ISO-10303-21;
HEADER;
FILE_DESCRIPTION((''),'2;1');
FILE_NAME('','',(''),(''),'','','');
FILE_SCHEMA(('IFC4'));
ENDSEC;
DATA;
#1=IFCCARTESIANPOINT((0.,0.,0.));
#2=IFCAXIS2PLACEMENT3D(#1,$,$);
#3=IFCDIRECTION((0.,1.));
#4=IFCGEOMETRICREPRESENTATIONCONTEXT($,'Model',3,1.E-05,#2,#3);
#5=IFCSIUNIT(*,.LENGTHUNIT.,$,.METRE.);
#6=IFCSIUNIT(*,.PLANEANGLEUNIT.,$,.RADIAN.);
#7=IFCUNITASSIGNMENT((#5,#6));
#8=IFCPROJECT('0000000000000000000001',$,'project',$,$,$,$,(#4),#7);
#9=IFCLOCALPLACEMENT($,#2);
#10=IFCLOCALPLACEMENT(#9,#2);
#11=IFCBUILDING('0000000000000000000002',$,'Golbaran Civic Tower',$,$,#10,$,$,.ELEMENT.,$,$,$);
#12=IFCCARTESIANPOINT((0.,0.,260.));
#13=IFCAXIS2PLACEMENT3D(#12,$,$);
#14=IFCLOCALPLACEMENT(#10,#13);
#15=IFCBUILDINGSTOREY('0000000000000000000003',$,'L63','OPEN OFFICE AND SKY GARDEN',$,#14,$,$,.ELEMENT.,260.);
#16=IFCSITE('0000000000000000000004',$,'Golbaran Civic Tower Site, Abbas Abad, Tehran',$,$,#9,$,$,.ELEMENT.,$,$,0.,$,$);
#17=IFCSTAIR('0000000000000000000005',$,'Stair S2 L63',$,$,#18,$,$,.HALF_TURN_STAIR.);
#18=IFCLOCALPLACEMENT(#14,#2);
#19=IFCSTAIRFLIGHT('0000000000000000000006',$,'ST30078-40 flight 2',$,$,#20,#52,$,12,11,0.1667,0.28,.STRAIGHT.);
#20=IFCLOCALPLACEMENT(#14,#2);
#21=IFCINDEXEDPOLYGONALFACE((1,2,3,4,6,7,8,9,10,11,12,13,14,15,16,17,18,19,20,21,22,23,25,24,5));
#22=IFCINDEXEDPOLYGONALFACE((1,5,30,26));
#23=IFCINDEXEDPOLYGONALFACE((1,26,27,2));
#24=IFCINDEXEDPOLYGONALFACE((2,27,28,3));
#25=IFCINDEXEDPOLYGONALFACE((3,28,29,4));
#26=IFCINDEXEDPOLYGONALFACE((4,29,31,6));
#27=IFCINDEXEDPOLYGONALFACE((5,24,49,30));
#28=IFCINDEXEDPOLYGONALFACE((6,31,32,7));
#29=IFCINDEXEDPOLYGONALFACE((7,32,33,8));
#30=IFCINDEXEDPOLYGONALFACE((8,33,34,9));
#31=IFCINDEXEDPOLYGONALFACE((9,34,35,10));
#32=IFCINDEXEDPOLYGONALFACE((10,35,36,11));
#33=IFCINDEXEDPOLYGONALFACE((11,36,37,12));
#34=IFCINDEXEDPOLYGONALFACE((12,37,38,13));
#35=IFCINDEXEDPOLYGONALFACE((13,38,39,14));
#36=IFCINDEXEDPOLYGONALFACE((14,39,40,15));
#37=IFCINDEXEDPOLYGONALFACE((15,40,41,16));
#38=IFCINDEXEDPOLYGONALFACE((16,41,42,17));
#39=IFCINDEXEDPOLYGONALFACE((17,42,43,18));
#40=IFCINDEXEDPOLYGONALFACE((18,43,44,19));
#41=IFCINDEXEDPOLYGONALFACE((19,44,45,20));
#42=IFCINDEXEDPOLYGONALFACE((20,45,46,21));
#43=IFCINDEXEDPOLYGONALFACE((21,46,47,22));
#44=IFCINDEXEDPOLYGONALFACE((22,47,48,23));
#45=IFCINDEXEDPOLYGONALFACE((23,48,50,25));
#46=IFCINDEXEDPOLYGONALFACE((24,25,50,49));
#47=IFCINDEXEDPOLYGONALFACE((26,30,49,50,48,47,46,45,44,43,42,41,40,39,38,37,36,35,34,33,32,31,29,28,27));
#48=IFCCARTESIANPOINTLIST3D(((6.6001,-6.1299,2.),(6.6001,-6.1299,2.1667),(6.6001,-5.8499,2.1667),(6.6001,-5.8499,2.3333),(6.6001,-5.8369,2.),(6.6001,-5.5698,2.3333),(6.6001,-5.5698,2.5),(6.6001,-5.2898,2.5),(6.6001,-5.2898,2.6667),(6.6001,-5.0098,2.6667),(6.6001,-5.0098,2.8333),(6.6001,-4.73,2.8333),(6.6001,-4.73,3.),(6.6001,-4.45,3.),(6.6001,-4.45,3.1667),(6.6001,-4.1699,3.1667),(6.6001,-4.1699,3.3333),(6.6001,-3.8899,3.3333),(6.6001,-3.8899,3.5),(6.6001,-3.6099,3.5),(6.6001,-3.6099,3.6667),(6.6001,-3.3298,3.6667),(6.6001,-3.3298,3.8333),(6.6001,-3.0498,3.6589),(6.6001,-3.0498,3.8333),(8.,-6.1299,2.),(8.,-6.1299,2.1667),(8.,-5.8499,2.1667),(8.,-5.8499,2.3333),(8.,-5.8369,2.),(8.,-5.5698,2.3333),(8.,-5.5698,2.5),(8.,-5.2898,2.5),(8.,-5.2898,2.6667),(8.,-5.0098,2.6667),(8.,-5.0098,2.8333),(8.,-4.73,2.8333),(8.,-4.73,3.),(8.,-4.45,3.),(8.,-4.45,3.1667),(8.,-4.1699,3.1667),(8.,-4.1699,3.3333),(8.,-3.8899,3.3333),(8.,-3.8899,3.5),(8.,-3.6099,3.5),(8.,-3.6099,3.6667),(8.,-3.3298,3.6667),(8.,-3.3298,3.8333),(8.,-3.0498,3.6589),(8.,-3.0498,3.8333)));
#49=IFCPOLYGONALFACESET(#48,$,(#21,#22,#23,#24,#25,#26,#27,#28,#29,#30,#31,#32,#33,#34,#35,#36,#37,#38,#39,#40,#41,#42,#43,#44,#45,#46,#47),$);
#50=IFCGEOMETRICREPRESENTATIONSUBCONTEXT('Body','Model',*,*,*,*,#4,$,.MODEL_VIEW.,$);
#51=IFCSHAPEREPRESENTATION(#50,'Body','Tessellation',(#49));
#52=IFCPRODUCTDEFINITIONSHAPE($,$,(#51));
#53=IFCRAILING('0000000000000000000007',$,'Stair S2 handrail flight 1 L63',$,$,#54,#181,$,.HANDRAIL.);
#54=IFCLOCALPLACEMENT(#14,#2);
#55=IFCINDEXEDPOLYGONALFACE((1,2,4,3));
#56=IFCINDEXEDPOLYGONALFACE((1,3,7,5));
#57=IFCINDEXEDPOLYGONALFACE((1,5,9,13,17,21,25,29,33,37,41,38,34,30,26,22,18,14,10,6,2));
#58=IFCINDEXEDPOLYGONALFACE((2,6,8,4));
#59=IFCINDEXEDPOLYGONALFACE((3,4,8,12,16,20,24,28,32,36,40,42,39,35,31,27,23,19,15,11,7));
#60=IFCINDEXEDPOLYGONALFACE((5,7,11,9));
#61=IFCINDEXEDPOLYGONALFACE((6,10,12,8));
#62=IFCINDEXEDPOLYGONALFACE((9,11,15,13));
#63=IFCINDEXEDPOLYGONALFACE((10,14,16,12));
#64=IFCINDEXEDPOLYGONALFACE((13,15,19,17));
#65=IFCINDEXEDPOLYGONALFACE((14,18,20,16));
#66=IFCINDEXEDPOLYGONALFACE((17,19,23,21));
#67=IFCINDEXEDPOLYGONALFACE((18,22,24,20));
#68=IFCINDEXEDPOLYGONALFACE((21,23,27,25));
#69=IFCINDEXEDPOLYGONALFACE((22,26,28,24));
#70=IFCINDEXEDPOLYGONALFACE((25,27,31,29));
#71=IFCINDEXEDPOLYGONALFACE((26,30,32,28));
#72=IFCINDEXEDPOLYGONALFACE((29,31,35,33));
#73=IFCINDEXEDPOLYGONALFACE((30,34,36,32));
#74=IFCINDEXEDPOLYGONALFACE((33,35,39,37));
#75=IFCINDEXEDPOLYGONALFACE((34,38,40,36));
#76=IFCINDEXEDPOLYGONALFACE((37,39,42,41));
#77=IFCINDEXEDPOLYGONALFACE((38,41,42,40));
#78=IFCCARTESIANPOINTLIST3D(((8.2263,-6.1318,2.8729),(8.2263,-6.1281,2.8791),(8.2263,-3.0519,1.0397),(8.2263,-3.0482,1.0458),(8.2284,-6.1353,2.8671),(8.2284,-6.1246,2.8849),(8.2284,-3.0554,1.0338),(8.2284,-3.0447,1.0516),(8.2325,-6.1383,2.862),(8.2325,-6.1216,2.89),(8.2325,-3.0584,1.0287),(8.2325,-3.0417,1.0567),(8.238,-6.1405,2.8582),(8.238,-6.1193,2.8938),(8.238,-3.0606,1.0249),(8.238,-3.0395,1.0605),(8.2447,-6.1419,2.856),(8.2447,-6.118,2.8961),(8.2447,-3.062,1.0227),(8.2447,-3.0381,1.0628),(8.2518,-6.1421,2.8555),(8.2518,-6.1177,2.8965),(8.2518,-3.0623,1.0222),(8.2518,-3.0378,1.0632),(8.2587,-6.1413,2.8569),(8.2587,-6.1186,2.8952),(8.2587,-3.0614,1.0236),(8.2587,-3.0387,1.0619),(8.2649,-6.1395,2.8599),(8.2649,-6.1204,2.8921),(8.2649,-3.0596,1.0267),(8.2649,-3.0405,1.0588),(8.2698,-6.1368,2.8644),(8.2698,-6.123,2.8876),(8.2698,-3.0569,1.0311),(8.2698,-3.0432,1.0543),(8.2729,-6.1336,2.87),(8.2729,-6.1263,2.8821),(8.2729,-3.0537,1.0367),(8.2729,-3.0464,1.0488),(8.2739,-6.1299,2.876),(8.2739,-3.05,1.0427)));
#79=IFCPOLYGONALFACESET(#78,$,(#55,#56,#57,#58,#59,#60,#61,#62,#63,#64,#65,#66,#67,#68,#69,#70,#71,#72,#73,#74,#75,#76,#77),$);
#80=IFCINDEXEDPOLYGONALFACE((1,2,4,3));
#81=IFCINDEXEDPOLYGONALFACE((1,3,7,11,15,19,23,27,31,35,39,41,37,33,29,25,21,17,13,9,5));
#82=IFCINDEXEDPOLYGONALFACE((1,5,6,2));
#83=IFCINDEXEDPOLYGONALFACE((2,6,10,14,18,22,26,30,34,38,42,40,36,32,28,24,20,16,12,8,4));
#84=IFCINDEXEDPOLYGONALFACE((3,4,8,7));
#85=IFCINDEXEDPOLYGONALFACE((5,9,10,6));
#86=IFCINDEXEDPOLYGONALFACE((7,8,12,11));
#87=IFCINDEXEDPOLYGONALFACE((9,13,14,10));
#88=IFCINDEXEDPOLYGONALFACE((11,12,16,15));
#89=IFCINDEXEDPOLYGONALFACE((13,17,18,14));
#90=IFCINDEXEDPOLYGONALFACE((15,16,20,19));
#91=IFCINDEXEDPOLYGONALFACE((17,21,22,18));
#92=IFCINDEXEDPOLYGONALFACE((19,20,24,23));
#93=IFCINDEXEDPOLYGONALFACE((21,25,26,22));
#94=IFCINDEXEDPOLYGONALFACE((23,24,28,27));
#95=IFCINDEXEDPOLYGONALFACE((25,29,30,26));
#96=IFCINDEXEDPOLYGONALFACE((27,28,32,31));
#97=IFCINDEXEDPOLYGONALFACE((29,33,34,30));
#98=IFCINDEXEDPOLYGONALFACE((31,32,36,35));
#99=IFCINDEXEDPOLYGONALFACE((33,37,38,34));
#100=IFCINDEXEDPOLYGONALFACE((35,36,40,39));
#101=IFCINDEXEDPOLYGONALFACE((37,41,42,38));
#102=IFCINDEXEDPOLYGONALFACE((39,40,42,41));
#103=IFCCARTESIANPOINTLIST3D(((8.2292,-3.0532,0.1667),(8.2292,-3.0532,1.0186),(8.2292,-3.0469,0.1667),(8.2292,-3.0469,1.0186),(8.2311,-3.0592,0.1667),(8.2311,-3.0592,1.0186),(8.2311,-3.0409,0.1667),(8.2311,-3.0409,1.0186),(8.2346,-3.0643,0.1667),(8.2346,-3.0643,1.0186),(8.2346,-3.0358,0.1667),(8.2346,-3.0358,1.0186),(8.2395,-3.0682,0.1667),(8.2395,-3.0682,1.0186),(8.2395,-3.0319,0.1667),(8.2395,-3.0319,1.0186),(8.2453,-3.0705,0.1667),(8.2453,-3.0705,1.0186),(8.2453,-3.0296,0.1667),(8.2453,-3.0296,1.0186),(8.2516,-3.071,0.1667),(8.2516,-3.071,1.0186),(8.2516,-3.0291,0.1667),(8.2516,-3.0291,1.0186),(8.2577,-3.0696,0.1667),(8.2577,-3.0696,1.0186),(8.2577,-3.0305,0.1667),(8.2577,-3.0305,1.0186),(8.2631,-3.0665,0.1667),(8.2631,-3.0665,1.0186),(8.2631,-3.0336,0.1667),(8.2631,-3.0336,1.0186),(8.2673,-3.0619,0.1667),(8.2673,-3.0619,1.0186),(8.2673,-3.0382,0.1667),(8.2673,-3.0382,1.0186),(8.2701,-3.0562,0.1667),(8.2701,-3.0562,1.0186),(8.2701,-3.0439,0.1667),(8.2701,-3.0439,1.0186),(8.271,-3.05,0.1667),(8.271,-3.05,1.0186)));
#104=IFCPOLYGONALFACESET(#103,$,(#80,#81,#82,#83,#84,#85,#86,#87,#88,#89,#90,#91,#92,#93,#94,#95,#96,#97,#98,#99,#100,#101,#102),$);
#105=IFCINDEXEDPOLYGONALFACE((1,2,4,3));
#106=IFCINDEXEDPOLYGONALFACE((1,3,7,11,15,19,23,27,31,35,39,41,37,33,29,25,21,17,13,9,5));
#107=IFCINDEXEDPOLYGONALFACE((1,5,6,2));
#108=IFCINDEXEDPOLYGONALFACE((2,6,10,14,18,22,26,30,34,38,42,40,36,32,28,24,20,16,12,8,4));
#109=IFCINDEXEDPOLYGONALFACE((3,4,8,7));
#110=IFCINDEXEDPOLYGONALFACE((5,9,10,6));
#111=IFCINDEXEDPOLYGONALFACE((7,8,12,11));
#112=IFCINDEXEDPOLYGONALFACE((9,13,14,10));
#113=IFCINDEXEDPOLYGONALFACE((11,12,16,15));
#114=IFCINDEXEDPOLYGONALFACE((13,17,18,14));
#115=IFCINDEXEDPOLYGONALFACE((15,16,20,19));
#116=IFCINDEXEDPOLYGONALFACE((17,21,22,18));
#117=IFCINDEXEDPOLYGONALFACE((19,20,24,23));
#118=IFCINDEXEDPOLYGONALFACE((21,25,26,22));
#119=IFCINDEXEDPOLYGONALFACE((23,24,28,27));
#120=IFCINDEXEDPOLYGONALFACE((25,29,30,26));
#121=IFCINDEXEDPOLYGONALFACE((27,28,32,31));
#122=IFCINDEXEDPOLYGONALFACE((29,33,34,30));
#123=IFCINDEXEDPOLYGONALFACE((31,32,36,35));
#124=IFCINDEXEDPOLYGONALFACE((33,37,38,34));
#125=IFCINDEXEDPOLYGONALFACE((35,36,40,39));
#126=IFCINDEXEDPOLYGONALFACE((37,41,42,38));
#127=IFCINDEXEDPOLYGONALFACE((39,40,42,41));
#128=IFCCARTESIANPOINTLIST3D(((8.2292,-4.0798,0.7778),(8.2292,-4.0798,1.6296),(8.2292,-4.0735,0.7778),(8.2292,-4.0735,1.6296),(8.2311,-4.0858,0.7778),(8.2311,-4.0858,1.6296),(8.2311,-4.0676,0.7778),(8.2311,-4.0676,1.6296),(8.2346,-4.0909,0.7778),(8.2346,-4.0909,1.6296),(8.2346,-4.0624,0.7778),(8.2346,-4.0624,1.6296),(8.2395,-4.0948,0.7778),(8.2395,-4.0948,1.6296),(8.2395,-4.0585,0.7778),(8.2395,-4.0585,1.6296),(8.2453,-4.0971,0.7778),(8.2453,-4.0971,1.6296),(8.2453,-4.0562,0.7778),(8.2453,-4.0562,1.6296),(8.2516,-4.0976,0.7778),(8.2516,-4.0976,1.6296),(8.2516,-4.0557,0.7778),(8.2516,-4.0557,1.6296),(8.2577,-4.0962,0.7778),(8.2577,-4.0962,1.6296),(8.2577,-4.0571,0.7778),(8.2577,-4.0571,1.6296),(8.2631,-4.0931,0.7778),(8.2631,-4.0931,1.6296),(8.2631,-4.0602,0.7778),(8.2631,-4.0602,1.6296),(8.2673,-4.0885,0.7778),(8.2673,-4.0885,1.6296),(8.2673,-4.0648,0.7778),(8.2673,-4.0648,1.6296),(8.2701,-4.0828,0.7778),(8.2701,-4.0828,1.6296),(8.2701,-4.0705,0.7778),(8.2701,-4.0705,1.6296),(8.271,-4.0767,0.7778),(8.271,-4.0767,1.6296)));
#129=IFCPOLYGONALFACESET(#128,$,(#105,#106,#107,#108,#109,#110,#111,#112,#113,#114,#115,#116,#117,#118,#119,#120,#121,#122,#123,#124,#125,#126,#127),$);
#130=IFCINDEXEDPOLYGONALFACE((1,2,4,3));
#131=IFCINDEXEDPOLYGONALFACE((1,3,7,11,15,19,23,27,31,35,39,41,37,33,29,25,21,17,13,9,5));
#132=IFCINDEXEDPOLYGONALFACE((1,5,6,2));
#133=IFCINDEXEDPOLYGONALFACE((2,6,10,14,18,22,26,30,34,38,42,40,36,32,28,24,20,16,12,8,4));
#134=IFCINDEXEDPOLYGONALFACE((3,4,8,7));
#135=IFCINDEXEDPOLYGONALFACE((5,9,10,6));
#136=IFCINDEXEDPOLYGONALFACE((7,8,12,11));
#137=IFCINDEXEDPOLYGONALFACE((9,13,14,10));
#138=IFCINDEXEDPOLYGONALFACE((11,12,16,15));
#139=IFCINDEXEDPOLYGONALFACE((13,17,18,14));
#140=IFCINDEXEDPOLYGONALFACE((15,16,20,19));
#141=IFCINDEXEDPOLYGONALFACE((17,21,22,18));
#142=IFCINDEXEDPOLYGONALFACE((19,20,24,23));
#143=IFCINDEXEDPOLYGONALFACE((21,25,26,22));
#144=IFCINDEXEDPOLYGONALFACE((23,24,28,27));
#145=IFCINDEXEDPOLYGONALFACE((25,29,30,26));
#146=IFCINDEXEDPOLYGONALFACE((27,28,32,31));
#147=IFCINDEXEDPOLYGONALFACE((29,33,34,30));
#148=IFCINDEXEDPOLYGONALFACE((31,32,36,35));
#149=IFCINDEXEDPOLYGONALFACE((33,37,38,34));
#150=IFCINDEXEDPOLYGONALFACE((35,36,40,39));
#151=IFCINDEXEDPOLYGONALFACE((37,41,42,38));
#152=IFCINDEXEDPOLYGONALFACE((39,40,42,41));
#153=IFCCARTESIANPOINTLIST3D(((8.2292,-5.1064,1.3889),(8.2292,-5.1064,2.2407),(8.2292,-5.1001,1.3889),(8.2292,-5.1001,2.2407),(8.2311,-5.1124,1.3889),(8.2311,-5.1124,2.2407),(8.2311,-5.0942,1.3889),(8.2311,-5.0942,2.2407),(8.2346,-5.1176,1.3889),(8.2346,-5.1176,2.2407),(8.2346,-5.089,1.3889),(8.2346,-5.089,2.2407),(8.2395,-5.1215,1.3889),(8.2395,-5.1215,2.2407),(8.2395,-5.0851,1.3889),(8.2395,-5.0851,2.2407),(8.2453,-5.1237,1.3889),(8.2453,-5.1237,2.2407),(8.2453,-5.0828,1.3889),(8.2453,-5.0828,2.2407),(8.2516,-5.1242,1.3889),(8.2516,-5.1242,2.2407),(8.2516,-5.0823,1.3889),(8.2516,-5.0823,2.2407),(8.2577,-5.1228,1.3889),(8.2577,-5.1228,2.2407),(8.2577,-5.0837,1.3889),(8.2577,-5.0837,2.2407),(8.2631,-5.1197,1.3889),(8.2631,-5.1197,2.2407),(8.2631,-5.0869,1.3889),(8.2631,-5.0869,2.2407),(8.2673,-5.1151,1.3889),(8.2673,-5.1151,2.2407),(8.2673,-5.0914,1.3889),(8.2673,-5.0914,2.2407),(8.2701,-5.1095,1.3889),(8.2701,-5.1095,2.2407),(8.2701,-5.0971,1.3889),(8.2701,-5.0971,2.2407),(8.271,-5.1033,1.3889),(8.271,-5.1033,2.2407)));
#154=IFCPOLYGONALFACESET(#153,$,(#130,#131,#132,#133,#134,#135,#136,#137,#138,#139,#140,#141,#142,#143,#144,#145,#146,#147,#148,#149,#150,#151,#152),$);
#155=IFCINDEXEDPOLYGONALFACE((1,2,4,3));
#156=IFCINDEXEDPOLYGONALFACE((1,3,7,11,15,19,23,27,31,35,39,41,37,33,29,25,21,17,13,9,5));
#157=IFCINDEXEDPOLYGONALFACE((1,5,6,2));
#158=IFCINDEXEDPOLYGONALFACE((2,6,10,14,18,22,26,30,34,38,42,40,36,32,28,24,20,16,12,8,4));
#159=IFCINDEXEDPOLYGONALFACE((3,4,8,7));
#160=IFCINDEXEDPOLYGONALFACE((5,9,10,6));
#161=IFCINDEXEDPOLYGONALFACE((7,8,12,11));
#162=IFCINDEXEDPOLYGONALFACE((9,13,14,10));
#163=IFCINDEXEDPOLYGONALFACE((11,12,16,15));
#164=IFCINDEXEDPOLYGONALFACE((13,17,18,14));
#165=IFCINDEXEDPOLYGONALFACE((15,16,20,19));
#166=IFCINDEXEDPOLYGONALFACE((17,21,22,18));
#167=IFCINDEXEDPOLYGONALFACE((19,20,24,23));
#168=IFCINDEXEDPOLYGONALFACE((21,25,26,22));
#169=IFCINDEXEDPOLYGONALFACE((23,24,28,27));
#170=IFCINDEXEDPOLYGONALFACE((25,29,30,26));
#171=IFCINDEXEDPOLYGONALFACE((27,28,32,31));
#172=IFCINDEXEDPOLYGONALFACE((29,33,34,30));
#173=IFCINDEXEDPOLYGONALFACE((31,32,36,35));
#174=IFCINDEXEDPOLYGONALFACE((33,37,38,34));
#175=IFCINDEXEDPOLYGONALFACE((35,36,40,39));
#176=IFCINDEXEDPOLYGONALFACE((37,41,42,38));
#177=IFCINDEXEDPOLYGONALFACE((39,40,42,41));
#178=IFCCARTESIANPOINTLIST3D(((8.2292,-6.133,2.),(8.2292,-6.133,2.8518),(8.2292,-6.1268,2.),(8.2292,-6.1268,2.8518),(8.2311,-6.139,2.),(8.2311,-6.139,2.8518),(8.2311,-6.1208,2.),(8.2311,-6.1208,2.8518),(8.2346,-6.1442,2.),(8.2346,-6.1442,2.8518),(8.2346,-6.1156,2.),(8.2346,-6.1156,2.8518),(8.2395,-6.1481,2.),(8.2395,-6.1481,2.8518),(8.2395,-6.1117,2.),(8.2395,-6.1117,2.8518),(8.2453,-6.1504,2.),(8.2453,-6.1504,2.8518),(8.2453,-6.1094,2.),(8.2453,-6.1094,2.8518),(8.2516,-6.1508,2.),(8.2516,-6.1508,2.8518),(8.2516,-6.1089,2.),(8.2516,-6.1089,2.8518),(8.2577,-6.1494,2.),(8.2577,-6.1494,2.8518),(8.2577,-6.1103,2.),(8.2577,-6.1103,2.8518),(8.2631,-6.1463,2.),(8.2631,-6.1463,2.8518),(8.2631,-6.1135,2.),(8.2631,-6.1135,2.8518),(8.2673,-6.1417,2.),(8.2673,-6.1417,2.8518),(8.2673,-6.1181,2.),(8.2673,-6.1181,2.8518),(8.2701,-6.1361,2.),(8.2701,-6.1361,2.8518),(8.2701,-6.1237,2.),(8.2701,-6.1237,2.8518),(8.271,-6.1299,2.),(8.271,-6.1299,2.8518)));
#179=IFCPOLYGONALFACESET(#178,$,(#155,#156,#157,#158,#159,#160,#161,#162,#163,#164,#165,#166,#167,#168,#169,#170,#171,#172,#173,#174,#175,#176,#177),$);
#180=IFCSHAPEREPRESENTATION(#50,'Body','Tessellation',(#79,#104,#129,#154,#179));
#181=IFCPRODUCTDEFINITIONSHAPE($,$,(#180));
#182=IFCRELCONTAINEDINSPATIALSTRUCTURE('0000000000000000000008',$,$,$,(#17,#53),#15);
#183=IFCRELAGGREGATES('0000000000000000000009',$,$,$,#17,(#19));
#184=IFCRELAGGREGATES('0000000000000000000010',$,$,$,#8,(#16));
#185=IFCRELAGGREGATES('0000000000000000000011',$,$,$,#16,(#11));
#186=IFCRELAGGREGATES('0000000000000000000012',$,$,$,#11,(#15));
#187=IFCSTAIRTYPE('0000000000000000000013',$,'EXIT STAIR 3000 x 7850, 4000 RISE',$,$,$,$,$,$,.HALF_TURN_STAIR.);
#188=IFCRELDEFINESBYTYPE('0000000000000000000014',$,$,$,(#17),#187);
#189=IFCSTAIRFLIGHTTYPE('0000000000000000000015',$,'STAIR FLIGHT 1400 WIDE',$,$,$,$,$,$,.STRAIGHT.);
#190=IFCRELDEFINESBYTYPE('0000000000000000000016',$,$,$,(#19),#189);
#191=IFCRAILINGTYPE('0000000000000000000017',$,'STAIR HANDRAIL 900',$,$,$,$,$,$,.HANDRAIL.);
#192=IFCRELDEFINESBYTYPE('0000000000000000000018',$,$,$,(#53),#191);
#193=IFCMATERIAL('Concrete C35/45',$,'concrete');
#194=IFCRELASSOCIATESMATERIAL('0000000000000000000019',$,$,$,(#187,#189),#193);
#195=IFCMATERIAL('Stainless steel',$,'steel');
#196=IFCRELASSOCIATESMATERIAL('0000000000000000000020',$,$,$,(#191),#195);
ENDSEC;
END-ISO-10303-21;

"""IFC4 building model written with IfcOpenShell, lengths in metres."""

from ifc_helpers import new_model, si_unit, direction, frame, origin, origin_2d, place, context, subcontext, project, spatial, polyline, circle, outline, extrude, material, type_object, element, aggregate, save


model = new_model("IFC4")

# Units and contexts
model_context = context("Model", 3, precision=1e-05, world=origin(), true_north=direction((0.0, 1.0)))
body_context = subcontext(model_context, "Body", "Model", "MODEL_VIEW")
ifc_project = project(units=[si_unit("LENGTHUNIT", "METRE"), si_unit("PLANEANGLEUNIT", "RADIAN")], contexts=[model_context])

# Site, building, storey
site_placement = place(None, origin())
site = spatial("IfcSite", under=ifc_project, at=site_placement, Name="Golbaran Civic Tower Site, Abbas Abad, Tehran", CompositionType="ELEMENT", RefElevation=0.0)
building_placement = place(site_placement, origin())
building = spatial("IfcBuilding", under=site, at=building_placement, Name="Golbaran Civic Tower", CompositionType="ELEMENT")
storey_placement = place(building_placement, frame((0.0, 0.0, 260.0)))
storey = spatial("IfcBuildingStorey", under=building, at=storey_placement, Name="L63", Description="OPEN OFFICE AND SKY GARDEN", CompositionType="ELEMENT", Elevation=260.0)

# Shared definitions
ifc_material_1 = material(Name="Concrete C35/45", Category="concrete")

# Shared definitions
ifc_material_2 = material(Name="Stainless steel", Category="steel")

# Stair, stair flight
stair_type_1 = type_object("IfcStairType", Name="EXIT STAIR 3000 x 7850, 4000 RISE", PredefinedType="HALF_TURN_STAIR", material=ifc_material_1)
stair_1_placement = place(storey_placement, origin())
stair_1 = element("IfcStair", 1, at=stair_1_placement, inside=storey, type_object=stair_type_1, Name="Stair S2 L63", PredefinedType="HALF_TURN_STAIR")
stair_flight_type = type_object("IfcStairFlightType", Name="STAIR FLIGHT 1400 WIDE", PredefinedType="STRAIGHT", material=ifc_material_1)
stair_flight_1_placement = place(storey_placement, frame((7.3, -6.1299, 2.0), z_axis=(0.0, 0.0, 1.0), x_axis=(0.0, 1.0, 0.0)))
stair_flight_1 = element("IfcStairFlight", 2, at=stair_flight_1_placement, type_object=stair_flight_type, Name="ST30078-40 flight 2", NumberOfRisers=12, NumberOfTreads=11, PredefinedType="STRAIGHT", RiserHeight=0.1667, TreadLength=0.28, context=body_context, shape_type="SweptSolid", body=[
    extrude(outline(polyline([(0.0, 0.0), (0.0, 0.1667), (0.28, 0.1667), (0.28, 0.3333), (0.5601, 0.3333), (0.5601, 0.5), (0.8401, 0.5), (0.8401, 0.6667), (1.1201, 0.6667), (1.1201, 0.8333), (1.3999, 0.8333), (1.3999, 1.0), (1.6799, 1.0), (1.6799, 1.1667), (1.96, 1.1667), (1.96, 1.3333), (2.24, 1.3333), (2.24, 1.5), (2.52, 1.5), (2.52, 1.6667), (2.8, 1.6667), (2.8, 1.8333), (3.0801, 1.8333), (3.0801, 2.0), (3.0801, 1.6589), (0.293, 0.0), (0.0, 0.0)])), frame((0.0, 0.7, 0.0), z_axis=(0.0, -1.0, 0.0), x_axis=(1.0, 0.0, 0.0)), (0.0, 0.0, 1.0), 1.3999),
])
aggregate(stair_1, [stair_flight_1])

# Railing
railing_type = type_object("IfcRailingType", Name="STAIR HANDRAIL 900", PredefinedType="HANDRAIL", material=ifc_material_2)
railing_1_placement = place(storey_placement, frame((8.25, -3.05, 0.1667)))
element("IfcRailing", 3, at=railing_1_placement, inside=storey, type_object=railing_type, Name="Stair S2 handrail flight 1 L63", PredefinedType="HANDRAIL", context=body_context, shape_type="SweptSolid", body=[
    extrude(circle(Radius=0.0239, at=origin_2d()), frame((0.0, 0.0, 0.876), z_axis=(0.0, -0.859291, 0.511487), x_axis=(1.0, 0.0, 0.0)), (0.0, 0.0, 1.0), 3.5842),
    extrude(circle(Radius=0.021, at=origin_2d()), origin(), (0.0, 0.0, 1.0), 0.8518),
    extrude(circle(Radius=0.021, at=origin_2d()), frame((0.0, -1.0266, 0.6111)), (0.0, 0.0, 1.0), 0.8518),
    extrude(circle(Radius=0.021, at=origin_2d()), frame((0.0, -2.0532, 1.2222)), (0.0, 0.0, 1.0), 0.8518),
    extrude(circle(Radius=0.021, at=origin_2d()), frame((0.0, -3.0798, 1.8333)), (0.0, 0.0, 1.0), 0.8518),
])

save(model, "model.ifc")
